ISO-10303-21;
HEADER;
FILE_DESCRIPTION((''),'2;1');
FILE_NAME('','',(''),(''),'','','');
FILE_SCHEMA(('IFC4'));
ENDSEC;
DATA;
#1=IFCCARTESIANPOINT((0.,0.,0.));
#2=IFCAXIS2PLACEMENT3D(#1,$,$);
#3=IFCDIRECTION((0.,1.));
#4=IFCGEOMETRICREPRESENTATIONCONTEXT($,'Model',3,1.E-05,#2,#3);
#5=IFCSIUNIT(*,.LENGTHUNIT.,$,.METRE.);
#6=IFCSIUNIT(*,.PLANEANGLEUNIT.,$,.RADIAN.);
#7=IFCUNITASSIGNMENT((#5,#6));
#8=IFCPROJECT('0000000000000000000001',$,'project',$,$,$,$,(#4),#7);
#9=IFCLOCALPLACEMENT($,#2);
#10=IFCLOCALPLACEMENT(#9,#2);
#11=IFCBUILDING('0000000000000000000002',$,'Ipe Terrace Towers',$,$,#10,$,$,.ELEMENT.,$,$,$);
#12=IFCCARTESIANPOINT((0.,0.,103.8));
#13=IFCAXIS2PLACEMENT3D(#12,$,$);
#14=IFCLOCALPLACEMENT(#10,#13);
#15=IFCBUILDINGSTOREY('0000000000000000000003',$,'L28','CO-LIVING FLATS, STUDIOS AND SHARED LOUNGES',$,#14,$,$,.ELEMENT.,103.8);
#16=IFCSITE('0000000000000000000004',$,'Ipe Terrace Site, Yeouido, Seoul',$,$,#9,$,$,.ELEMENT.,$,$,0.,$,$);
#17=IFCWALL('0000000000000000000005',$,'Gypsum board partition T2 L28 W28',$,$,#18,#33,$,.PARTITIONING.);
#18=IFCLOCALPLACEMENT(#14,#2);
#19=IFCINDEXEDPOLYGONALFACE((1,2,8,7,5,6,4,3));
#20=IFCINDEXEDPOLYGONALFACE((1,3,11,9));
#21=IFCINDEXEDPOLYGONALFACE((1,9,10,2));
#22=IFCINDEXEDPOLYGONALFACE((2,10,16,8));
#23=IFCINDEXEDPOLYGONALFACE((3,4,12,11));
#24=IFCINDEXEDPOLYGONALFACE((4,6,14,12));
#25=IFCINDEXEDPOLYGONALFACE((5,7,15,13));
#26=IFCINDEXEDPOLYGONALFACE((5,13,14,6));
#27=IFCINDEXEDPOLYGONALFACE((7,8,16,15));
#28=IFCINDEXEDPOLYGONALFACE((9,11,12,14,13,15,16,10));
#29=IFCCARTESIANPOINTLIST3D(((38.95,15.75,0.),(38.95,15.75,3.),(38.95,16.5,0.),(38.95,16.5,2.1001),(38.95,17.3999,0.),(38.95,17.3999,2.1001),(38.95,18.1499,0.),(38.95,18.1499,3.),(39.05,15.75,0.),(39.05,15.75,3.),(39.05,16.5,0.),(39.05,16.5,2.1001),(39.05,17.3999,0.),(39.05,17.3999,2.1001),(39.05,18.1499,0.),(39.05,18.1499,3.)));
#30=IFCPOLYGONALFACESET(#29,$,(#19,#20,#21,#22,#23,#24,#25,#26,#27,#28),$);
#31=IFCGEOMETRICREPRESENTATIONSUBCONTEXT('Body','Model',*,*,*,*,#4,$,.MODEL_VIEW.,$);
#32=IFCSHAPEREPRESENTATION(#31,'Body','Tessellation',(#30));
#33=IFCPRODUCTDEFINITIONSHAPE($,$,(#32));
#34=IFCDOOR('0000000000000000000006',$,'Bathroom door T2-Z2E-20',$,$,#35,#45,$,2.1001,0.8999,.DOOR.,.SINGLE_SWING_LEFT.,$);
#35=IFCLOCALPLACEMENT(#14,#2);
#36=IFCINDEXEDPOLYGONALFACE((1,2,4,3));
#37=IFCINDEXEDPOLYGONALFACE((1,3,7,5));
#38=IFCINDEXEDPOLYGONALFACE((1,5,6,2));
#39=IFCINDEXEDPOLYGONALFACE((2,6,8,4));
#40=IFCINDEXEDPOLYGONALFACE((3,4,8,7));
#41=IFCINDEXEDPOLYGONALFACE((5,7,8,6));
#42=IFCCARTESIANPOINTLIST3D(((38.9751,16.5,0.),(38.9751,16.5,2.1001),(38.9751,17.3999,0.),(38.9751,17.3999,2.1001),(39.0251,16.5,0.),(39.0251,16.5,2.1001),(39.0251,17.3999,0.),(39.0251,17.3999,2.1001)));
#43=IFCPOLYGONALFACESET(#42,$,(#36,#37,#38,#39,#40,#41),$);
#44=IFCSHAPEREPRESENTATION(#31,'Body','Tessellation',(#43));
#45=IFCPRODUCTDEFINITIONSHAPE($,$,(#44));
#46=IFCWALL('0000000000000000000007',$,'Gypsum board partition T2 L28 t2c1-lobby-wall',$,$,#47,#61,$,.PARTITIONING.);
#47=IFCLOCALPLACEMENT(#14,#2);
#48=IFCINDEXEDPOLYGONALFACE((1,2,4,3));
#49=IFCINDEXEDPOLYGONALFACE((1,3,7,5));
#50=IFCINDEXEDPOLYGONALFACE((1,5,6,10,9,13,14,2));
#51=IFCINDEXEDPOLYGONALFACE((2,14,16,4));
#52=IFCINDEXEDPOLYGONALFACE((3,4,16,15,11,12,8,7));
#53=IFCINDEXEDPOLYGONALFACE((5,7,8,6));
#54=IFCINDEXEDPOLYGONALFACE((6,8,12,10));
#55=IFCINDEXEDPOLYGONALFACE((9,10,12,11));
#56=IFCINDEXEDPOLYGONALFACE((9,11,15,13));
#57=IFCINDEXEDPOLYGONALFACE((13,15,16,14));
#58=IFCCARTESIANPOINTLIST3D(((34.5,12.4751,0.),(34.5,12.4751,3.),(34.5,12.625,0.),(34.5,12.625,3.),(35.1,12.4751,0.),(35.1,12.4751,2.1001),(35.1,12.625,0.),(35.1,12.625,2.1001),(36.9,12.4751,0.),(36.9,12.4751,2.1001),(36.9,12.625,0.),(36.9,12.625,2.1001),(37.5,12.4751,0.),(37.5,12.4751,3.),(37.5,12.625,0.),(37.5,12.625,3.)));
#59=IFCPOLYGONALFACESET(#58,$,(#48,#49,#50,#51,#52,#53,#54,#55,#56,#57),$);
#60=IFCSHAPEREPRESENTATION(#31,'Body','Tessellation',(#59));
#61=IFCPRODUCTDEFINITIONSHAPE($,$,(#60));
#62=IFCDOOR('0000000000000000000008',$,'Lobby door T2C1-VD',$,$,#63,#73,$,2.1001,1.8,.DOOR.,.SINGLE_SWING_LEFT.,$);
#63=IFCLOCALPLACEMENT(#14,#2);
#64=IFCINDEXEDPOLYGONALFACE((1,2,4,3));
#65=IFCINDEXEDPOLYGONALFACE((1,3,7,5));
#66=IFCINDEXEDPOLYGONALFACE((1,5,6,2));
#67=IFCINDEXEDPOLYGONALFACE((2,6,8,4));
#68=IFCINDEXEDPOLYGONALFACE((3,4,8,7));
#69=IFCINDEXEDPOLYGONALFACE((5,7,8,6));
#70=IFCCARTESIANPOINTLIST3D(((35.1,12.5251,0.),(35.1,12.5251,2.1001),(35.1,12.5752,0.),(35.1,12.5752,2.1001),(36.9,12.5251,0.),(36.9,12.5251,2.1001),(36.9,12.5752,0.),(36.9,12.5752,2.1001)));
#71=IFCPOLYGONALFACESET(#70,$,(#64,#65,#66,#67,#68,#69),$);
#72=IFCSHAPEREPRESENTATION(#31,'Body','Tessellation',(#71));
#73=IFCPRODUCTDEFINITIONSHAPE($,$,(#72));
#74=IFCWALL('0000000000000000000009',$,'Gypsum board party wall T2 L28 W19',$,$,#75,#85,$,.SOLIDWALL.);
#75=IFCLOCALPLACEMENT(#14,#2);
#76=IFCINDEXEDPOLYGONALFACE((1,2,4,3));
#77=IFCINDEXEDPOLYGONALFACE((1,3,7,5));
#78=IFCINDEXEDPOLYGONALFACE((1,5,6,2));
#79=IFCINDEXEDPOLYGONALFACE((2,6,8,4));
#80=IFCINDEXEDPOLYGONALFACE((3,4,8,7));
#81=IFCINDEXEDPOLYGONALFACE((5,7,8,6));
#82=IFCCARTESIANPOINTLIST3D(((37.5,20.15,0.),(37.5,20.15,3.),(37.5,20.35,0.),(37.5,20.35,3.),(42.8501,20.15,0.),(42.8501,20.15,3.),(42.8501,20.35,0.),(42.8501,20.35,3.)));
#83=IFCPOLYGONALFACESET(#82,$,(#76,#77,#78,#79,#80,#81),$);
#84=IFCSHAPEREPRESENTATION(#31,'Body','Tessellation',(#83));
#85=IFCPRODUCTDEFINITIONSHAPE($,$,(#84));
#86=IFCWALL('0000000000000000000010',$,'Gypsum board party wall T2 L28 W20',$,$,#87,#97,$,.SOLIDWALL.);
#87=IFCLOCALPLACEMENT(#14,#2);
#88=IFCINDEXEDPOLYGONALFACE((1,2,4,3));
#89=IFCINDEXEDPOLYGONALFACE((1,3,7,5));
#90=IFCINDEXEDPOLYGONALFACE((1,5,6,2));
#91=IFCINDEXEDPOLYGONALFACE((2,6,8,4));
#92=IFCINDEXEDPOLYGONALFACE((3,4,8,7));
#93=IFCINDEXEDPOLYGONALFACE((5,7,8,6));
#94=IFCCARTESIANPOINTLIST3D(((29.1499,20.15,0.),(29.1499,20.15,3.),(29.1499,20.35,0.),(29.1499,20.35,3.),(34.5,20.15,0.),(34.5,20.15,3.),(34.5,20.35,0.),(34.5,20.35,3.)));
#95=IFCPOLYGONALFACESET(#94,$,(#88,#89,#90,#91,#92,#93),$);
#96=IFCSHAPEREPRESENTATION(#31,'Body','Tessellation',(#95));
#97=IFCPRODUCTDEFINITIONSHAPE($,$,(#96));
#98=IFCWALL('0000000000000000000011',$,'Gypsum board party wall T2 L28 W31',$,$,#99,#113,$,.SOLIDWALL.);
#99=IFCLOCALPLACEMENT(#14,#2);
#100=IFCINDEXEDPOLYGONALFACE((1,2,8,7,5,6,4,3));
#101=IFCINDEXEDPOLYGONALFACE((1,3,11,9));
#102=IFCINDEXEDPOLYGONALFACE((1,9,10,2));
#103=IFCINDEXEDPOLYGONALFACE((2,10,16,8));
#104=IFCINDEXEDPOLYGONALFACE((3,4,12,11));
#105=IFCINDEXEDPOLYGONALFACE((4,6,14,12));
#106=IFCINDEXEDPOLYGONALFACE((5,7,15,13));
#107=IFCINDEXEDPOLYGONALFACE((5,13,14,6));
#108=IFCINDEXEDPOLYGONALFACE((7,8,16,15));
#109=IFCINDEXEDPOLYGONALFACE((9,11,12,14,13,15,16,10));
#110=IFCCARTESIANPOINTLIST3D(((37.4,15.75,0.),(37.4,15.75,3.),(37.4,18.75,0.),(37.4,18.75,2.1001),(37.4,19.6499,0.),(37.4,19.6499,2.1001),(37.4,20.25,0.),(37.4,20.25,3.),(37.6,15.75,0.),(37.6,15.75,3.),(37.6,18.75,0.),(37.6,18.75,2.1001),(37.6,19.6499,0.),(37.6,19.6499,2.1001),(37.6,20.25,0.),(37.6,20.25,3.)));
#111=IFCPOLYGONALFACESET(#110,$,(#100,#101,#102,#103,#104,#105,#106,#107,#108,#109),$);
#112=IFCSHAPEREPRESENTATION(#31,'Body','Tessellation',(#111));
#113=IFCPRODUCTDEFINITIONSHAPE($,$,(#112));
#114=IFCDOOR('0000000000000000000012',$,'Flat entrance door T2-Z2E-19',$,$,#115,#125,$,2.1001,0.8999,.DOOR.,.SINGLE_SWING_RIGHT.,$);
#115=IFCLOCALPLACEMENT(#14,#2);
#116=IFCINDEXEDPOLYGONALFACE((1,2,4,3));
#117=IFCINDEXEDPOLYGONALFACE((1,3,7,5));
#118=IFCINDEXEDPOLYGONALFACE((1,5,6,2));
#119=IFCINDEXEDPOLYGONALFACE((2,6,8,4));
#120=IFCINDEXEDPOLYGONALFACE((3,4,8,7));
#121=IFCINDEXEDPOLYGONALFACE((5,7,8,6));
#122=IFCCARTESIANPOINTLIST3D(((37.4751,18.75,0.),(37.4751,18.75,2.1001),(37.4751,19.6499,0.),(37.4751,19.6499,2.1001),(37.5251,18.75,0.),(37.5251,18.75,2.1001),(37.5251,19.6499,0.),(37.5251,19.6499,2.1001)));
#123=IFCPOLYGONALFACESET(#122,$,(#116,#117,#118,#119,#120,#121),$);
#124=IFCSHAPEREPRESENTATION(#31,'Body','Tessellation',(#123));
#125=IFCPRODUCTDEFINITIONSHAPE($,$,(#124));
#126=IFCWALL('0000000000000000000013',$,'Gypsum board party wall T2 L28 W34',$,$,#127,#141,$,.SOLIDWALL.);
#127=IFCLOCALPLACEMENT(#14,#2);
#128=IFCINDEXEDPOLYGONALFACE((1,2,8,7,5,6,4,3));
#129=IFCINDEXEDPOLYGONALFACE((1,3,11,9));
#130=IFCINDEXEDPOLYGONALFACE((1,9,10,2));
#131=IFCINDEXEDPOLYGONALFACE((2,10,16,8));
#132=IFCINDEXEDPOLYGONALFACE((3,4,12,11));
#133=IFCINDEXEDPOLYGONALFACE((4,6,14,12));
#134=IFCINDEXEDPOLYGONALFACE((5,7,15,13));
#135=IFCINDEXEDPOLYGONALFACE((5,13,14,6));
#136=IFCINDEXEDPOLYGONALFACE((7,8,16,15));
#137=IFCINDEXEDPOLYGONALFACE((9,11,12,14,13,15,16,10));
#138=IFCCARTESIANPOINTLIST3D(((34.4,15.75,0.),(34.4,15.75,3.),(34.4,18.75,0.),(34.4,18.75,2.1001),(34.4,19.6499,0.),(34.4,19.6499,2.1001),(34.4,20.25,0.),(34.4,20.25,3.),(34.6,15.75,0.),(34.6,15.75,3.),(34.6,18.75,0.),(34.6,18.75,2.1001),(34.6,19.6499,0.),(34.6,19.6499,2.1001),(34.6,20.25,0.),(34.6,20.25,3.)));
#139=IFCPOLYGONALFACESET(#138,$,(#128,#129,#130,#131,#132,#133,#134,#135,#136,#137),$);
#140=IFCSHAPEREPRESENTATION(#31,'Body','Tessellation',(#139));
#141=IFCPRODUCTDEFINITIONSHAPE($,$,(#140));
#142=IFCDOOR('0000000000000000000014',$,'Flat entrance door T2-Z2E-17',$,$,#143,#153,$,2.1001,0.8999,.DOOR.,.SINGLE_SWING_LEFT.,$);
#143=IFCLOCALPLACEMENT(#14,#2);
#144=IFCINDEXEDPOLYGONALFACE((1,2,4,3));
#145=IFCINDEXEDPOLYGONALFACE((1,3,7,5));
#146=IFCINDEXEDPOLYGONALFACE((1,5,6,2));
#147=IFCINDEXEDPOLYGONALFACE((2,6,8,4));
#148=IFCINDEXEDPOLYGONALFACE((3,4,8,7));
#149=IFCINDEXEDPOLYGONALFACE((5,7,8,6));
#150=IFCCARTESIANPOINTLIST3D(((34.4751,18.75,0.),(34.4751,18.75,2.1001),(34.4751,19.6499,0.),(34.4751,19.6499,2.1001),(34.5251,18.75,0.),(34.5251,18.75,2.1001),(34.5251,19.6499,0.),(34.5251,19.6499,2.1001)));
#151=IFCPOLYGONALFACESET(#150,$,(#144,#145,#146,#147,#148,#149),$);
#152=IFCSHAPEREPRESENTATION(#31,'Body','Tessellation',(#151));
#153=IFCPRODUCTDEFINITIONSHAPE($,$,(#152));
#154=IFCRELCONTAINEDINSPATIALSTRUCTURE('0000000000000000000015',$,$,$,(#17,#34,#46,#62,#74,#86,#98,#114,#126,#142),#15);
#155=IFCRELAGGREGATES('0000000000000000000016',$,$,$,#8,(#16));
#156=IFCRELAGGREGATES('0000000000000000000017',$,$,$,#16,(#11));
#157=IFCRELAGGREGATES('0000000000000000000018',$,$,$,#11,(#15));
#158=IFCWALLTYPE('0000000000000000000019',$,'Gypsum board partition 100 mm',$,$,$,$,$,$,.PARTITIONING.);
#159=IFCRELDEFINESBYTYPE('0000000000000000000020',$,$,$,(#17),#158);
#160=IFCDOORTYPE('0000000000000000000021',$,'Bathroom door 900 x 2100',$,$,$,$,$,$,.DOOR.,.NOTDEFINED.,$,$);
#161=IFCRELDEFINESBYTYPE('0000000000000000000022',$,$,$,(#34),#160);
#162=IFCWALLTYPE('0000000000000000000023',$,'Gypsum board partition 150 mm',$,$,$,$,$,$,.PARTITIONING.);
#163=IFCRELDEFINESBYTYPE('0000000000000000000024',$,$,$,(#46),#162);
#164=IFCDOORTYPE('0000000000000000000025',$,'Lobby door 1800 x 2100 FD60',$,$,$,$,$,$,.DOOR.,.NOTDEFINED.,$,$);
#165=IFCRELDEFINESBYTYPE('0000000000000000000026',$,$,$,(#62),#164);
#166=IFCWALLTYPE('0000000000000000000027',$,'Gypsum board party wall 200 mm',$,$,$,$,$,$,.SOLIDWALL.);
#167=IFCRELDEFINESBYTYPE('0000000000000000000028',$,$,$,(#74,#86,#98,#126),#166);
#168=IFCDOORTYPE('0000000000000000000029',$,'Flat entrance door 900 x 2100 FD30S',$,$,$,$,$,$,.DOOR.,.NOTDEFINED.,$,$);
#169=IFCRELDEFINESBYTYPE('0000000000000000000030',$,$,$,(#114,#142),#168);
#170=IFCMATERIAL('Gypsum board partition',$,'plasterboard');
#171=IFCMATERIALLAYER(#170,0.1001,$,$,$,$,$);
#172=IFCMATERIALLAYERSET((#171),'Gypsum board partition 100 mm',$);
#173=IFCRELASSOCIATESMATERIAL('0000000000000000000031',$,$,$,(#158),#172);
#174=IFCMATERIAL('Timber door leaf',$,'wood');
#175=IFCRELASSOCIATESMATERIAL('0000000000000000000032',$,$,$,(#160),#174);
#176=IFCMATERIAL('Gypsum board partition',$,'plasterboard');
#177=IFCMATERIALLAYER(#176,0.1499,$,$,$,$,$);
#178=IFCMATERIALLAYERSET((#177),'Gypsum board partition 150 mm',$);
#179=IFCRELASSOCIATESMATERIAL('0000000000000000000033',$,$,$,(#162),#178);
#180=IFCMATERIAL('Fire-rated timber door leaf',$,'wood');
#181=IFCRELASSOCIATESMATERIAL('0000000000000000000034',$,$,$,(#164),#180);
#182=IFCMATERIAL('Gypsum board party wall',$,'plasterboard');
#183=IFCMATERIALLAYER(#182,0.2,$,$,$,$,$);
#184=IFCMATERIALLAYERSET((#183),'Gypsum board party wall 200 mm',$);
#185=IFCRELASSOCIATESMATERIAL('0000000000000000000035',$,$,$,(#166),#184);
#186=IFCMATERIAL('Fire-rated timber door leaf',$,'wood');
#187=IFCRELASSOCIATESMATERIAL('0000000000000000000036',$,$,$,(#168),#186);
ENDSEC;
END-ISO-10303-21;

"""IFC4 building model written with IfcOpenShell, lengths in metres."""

from ifc_helpers import new_model, si_unit, direction, frame, frame_2d, origin, place, context, subcontext, project, spatial, rectangle, extrude, material, layer, layer_set, type_object, element, fill, save


model = new_model("IFC4")

# Units and contexts
model_context = context("Model", 3, precision=1e-05, world=origin(), true_north=direction((0.0, 1.0)))
body_context = subcontext(model_context, "Body", "Model", "MODEL_VIEW")
ifc_project = project(units=[si_unit("LENGTHUNIT", "METRE"), si_unit("PLANEANGLEUNIT", "RADIAN")], contexts=[model_context])

# Site, building, storey
site_placement = place(None, origin())
site = spatial("IfcSite", under=ifc_project, at=site_placement, Name="Ipe Terrace Site, Yeouido, Seoul", CompositionType="ELEMENT", RefElevation=0.0)
building_placement = place(site_placement, origin())
building = spatial("IfcBuilding", under=site, at=building_placement, Name="Ipe Terrace Towers", CompositionType="ELEMENT")
storey_placement = place(building_placement, frame((0.0, 0.0, 103.8)))
storey = spatial("IfcBuildingStorey", under=building, at=storey_placement, Name="L28", Description="CO-LIVING FLATS, STUDIOS AND SHARED LOUNGES", CompositionType="ELEMENT", Elevation=103.8)

# Shared definitions
ifc_material_1 = material(Name="Gypsum board partition", Category="plasterboard")
ifc_layer_1 = layer(ifc_material_1, 0.1001)
ifc_layer_set_1 = layer_set([ifc_layer_1], Name="Gypsum board partition 100 mm")
wall_type_1 = type_object("IfcWallType", Name="Gypsum board partition 100 mm", PredefinedType="PARTITIONING", material=ifc_layer_set_1)

# Walls, openings, doors
wall_1_placement = place(storey_placement, frame((39.0, 15.75, 0.0), z_axis=(0.0, 0.0, 1.0), x_axis=(0.0, 1.0, 0.0)))
wall_1 = element("IfcWall", 1, at=wall_1_placement, inside=storey, type_object=wall_type_1, Name="Gypsum board partition T2 L28 W28", PredefinedType="PARTITIONING", context=body_context, shape_type="SweptSolid", body=[
    extrude(rectangle(XDim=2.3999, YDim=0.1001, at=frame_2d((1.2, 0.0))), origin(), (0.0, 0.0, 1.0), 3.0),
])
opening_1_placement = place(wall_1_placement, frame((0.75, 0.0, 0.0)))
opening_1 = element("IfcOpeningElement", 2, at=opening_1_placement, cuts=wall_1, PredefinedType="OPENING", context=body_context, shape_type="SweptSolid", body=[
    extrude(rectangle(XDim=0.8999, YDim=2.1001, at=frame_2d((0.45, 1.05))), frame((0.0, 0.0601, 0.0), z_axis=(0.0, -1.0, 0.0), x_axis=(1.0, 0.0, 0.0)), (0.0, 0.0, 1.0), 0.1201),
])
ifc_material_2 = material(Name="Timber door leaf", Category="wood")
door_type_1 = type_object("IfcDoorType", Name="Bathroom door 900 x 2100", OperationType="NOTDEFINED", PredefinedType="DOOR", material=ifc_material_2)
door_1_placement = place(opening_1_placement, origin())
door_1 = element("IfcDoor", 3, at=door_1_placement, inside=storey, type_object=door_type_1, Name="Bathroom door T2-Z2E-20", OperationType="SINGLE_SWING_LEFT", OverallHeight=2.1001, OverallWidth=0.8999, PredefinedType="DOOR", context=body_context, shape_type="SweptSolid", body=[
    extrude(rectangle(XDim=0.8999, YDim=2.1001, at=frame_2d((0.45, 1.05))), frame((0.0, 0.0249, 0.0), z_axis=(0.0, -1.0, 0.0), x_axis=(1.0, 0.0, 0.0)), (0.0, 0.0, 1.0), 0.05),
])
fill(opening_1, door_1)
ifc_material_3 = material(Name="Gypsum board partition", Category="plasterboard")
ifc_layer_2 = layer(ifc_material_3, 0.1499)
ifc_layer_set_2 = layer_set([ifc_layer_2], Name="Gypsum board partition 150 mm")
wall_type_2 = type_object("IfcWallType", Name="Gypsum board partition 150 mm", PredefinedType="PARTITIONING", material=ifc_layer_set_2)
wall_2_placement = place(storey_placement, frame((37.5, 12.55, 0.0), z_axis=(0.0, 0.0, 1.0), x_axis=(-1.0, 0.0, 0.0)))
wall_2 = element("IfcWall", 4, at=wall_2_placement, inside=storey, type_object=wall_type_2, Name="Gypsum board partition T2 L28 t2c1-lobby-wall", PredefinedType="PARTITIONING", context=body_context, shape_type="SweptSolid", body=[
    extrude(rectangle(XDim=3.0, YDim=0.1499, at=frame_2d((1.5, 0.0))), origin(), (0.0, 0.0, 1.0), 3.0),
])
opening_2_placement = place(wall_2_placement, frame((0.6001, 0.0, 0.0)))
opening_2 = element("IfcOpeningElement", 5, at=opening_2_placement, cuts=wall_2, PredefinedType="OPENING", context=body_context, shape_type="SweptSolid", body=[
    extrude(rectangle(XDim=1.8, YDim=2.1001, at=frame_2d((0.8999, 1.05))), frame((0.0, 0.085, 0.0), z_axis=(0.0, -1.0, 0.0), x_axis=(1.0, 0.0, 0.0)), (0.0, 0.0, 1.0), 0.1699),
])
ifc_material_4 = material(Name="Fire-rated timber door leaf", Category="wood")
door_type_2 = type_object("IfcDoorType", Name="Lobby door 1800 x 2100 FD60", OperationType="NOTDEFINED", PredefinedType="DOOR", material=ifc_material_4)
door_2_placement = place(opening_2_placement, origin())
door_2 = element("IfcDoor", 6, at=door_2_placement, inside=storey, type_object=door_type_2, Name="Lobby door T2C1-VD", OperationType="SINGLE_SWING_LEFT", OverallHeight=2.1001, OverallWidth=1.8, PredefinedType="DOOR", context=body_context, shape_type="SweptSolid", body=[
    extrude(rectangle(XDim=1.8, YDim=2.1001, at=frame_2d((0.8999, 1.05))), frame((0.0, 0.0249, 0.0), z_axis=(0.0, -1.0, 0.0), x_axis=(1.0, 0.0, 0.0)), (0.0, 0.0, 1.0), 0.05),
])
fill(opening_2, door_2)

# Walls
ifc_material_5 = material(Name="Gypsum board party wall", Category="plasterboard")
ifc_layer_3 = layer(ifc_material_5, 0.2)
ifc_layer_set_3 = layer_set([ifc_layer_3], Name="Gypsum board party wall 200 mm")
wall_type_3 = type_object("IfcWallType", Name="Gypsum board party wall 200 mm", PredefinedType="SOLIDWALL", material=ifc_layer_set_3)
for number, where, z_axis, x_axis, name in (
    (7, (42.8501, 20.25, 0.0), (0.0, 0.0, 1.0), (-1.0, 0.0, 0.0), "Gypsum board party wall T2 L28 W19"),
    (8, (34.5, 20.25, 0.0), (0.0, 0.0, 1.0), (-1.0, 0.0, 0.0), "Gypsum board party wall T2 L28 W20"),
):
    element("IfcWall", number, at=place(storey_placement, frame(where, z_axis=z_axis, x_axis=x_axis)), inside=storey, type_object=wall_type_3, Name=name, PredefinedType="SOLIDWALL", context=body_context, shape_type="SweptSolid", body=[
        extrude(rectangle(XDim=5.3501, YDim=0.2, at=frame_2d((2.675, 0.0))), origin(), (0.0, 0.0, 1.0), 3.0),
    ])

# Walls, openings, doors
wall_3_placement = place(storey_placement, frame((37.5, 15.75, 0.0), z_axis=(0.0, 0.0, 1.0), x_axis=(0.0, 1.0, 0.0)))
wall_3 = element("IfcWall", 9, at=wall_3_placement, inside=storey, type_object=wall_type_3, Name="Gypsum board party wall T2 L28 W31", PredefinedType="SOLIDWALL", context=body_context, shape_type="SweptSolid", body=[
    extrude(rectangle(XDim=4.5, YDim=0.2, at=frame_2d((2.25, 0.0))), origin(), (0.0, 0.0, 1.0), 3.0),
])
opening_3_placement = place(wall_3_placement, frame((3.0, 0.0, 0.0)))
opening_3 = element("IfcOpeningElement", 10, at=opening_3_placement, cuts=wall_3, PredefinedType="OPENING", context=body_context, shape_type="SweptSolid", body=[
    extrude(rectangle(XDim=0.8999, YDim=2.1001, at=frame_2d((0.45, 1.05))), frame((0.0, 0.1099, 0.0), z_axis=(0.0, -1.0, 0.0), x_axis=(1.0, 0.0, 0.0)), (0.0, 0.0, 1.0), 0.22),
])
ifc_material_6 = material(Name="Fire-rated timber door leaf", Category="wood")
door_type_3 = type_object("IfcDoorType", Name="Flat entrance door 900 x 2100 FD30S", OperationType="NOTDEFINED", PredefinedType="DOOR", material=ifc_material_6)
door_3_placement = place(opening_3_placement, origin())
door_3 = element("IfcDoor", 11, at=door_3_placement, inside=storey, type_object=door_type_3, Name="Flat entrance door T2-Z2E-19", OperationType="SINGLE_SWING_RIGHT", OverallHeight=2.1001, OverallWidth=0.8999, PredefinedType="DOOR", context=body_context, shape_type="SweptSolid", body=[
    extrude(rectangle(XDim=0.8999, YDim=2.1001, at=frame_2d((0.45, 1.05))), frame((0.0, 0.0249, 0.0), z_axis=(0.0, -1.0, 0.0), x_axis=(1.0, 0.0, 0.0)), (0.0, 0.0, 1.0), 0.05),
])
fill(opening_3, door_3)
wall_4_placement = place(storey_placement, frame((34.5, 15.75, 0.0), z_axis=(0.0, 0.0, 1.0), x_axis=(0.0, 1.0, 0.0)))
wall_4 = element("IfcWall", 12, at=wall_4_placement, inside=storey, type_object=wall_type_3, Name="Gypsum board party wall T2 L28 W34", PredefinedType="SOLIDWALL", context=body_context, shape_type="SweptSolid", body=[
    extrude(rectangle(XDim=4.5, YDim=0.2, at=frame_2d((2.25, 0.0))), origin(), (0.0, 0.0, 1.0), 3.0),
])
opening_4_placement = place(wall_4_placement, frame((3.0, 0.0, 0.0)))
opening_4 = element("IfcOpeningElement", 13, at=opening_4_placement, cuts=wall_4, PredefinedType="OPENING", context=body_context, shape_type="SweptSolid", body=[
    extrude(rectangle(XDim=0.8999, YDim=2.1001, at=frame_2d((0.45, 1.05))), frame((0.0, 0.1099, 0.0), z_axis=(0.0, -1.0, 0.0), x_axis=(1.0, 0.0, 0.0)), (0.0, 0.0, 1.0), 0.22),
])
door_4_placement = place(opening_4_placement, origin())
door_4 = element("IfcDoor", 14, at=door_4_placement, inside=storey, type_object=door_type_3, Name="Flat entrance door T2-Z2E-17", OperationType="SINGLE_SWING_LEFT", OverallHeight=2.1001, OverallWidth=0.8999, PredefinedType="DOOR", context=body_context, shape_type="SweptSolid", body=[
    extrude(rectangle(XDim=0.8999, YDim=2.1001, at=frame_2d((0.45, 1.05))), frame((0.0, 0.0249, 0.0), z_axis=(0.0, -1.0, 0.0), x_axis=(1.0, 0.0, 0.0)), (0.0, 0.0, 1.0), 0.05),
])
fill(opening_4, door_4)

save(model, "model.ifc")
